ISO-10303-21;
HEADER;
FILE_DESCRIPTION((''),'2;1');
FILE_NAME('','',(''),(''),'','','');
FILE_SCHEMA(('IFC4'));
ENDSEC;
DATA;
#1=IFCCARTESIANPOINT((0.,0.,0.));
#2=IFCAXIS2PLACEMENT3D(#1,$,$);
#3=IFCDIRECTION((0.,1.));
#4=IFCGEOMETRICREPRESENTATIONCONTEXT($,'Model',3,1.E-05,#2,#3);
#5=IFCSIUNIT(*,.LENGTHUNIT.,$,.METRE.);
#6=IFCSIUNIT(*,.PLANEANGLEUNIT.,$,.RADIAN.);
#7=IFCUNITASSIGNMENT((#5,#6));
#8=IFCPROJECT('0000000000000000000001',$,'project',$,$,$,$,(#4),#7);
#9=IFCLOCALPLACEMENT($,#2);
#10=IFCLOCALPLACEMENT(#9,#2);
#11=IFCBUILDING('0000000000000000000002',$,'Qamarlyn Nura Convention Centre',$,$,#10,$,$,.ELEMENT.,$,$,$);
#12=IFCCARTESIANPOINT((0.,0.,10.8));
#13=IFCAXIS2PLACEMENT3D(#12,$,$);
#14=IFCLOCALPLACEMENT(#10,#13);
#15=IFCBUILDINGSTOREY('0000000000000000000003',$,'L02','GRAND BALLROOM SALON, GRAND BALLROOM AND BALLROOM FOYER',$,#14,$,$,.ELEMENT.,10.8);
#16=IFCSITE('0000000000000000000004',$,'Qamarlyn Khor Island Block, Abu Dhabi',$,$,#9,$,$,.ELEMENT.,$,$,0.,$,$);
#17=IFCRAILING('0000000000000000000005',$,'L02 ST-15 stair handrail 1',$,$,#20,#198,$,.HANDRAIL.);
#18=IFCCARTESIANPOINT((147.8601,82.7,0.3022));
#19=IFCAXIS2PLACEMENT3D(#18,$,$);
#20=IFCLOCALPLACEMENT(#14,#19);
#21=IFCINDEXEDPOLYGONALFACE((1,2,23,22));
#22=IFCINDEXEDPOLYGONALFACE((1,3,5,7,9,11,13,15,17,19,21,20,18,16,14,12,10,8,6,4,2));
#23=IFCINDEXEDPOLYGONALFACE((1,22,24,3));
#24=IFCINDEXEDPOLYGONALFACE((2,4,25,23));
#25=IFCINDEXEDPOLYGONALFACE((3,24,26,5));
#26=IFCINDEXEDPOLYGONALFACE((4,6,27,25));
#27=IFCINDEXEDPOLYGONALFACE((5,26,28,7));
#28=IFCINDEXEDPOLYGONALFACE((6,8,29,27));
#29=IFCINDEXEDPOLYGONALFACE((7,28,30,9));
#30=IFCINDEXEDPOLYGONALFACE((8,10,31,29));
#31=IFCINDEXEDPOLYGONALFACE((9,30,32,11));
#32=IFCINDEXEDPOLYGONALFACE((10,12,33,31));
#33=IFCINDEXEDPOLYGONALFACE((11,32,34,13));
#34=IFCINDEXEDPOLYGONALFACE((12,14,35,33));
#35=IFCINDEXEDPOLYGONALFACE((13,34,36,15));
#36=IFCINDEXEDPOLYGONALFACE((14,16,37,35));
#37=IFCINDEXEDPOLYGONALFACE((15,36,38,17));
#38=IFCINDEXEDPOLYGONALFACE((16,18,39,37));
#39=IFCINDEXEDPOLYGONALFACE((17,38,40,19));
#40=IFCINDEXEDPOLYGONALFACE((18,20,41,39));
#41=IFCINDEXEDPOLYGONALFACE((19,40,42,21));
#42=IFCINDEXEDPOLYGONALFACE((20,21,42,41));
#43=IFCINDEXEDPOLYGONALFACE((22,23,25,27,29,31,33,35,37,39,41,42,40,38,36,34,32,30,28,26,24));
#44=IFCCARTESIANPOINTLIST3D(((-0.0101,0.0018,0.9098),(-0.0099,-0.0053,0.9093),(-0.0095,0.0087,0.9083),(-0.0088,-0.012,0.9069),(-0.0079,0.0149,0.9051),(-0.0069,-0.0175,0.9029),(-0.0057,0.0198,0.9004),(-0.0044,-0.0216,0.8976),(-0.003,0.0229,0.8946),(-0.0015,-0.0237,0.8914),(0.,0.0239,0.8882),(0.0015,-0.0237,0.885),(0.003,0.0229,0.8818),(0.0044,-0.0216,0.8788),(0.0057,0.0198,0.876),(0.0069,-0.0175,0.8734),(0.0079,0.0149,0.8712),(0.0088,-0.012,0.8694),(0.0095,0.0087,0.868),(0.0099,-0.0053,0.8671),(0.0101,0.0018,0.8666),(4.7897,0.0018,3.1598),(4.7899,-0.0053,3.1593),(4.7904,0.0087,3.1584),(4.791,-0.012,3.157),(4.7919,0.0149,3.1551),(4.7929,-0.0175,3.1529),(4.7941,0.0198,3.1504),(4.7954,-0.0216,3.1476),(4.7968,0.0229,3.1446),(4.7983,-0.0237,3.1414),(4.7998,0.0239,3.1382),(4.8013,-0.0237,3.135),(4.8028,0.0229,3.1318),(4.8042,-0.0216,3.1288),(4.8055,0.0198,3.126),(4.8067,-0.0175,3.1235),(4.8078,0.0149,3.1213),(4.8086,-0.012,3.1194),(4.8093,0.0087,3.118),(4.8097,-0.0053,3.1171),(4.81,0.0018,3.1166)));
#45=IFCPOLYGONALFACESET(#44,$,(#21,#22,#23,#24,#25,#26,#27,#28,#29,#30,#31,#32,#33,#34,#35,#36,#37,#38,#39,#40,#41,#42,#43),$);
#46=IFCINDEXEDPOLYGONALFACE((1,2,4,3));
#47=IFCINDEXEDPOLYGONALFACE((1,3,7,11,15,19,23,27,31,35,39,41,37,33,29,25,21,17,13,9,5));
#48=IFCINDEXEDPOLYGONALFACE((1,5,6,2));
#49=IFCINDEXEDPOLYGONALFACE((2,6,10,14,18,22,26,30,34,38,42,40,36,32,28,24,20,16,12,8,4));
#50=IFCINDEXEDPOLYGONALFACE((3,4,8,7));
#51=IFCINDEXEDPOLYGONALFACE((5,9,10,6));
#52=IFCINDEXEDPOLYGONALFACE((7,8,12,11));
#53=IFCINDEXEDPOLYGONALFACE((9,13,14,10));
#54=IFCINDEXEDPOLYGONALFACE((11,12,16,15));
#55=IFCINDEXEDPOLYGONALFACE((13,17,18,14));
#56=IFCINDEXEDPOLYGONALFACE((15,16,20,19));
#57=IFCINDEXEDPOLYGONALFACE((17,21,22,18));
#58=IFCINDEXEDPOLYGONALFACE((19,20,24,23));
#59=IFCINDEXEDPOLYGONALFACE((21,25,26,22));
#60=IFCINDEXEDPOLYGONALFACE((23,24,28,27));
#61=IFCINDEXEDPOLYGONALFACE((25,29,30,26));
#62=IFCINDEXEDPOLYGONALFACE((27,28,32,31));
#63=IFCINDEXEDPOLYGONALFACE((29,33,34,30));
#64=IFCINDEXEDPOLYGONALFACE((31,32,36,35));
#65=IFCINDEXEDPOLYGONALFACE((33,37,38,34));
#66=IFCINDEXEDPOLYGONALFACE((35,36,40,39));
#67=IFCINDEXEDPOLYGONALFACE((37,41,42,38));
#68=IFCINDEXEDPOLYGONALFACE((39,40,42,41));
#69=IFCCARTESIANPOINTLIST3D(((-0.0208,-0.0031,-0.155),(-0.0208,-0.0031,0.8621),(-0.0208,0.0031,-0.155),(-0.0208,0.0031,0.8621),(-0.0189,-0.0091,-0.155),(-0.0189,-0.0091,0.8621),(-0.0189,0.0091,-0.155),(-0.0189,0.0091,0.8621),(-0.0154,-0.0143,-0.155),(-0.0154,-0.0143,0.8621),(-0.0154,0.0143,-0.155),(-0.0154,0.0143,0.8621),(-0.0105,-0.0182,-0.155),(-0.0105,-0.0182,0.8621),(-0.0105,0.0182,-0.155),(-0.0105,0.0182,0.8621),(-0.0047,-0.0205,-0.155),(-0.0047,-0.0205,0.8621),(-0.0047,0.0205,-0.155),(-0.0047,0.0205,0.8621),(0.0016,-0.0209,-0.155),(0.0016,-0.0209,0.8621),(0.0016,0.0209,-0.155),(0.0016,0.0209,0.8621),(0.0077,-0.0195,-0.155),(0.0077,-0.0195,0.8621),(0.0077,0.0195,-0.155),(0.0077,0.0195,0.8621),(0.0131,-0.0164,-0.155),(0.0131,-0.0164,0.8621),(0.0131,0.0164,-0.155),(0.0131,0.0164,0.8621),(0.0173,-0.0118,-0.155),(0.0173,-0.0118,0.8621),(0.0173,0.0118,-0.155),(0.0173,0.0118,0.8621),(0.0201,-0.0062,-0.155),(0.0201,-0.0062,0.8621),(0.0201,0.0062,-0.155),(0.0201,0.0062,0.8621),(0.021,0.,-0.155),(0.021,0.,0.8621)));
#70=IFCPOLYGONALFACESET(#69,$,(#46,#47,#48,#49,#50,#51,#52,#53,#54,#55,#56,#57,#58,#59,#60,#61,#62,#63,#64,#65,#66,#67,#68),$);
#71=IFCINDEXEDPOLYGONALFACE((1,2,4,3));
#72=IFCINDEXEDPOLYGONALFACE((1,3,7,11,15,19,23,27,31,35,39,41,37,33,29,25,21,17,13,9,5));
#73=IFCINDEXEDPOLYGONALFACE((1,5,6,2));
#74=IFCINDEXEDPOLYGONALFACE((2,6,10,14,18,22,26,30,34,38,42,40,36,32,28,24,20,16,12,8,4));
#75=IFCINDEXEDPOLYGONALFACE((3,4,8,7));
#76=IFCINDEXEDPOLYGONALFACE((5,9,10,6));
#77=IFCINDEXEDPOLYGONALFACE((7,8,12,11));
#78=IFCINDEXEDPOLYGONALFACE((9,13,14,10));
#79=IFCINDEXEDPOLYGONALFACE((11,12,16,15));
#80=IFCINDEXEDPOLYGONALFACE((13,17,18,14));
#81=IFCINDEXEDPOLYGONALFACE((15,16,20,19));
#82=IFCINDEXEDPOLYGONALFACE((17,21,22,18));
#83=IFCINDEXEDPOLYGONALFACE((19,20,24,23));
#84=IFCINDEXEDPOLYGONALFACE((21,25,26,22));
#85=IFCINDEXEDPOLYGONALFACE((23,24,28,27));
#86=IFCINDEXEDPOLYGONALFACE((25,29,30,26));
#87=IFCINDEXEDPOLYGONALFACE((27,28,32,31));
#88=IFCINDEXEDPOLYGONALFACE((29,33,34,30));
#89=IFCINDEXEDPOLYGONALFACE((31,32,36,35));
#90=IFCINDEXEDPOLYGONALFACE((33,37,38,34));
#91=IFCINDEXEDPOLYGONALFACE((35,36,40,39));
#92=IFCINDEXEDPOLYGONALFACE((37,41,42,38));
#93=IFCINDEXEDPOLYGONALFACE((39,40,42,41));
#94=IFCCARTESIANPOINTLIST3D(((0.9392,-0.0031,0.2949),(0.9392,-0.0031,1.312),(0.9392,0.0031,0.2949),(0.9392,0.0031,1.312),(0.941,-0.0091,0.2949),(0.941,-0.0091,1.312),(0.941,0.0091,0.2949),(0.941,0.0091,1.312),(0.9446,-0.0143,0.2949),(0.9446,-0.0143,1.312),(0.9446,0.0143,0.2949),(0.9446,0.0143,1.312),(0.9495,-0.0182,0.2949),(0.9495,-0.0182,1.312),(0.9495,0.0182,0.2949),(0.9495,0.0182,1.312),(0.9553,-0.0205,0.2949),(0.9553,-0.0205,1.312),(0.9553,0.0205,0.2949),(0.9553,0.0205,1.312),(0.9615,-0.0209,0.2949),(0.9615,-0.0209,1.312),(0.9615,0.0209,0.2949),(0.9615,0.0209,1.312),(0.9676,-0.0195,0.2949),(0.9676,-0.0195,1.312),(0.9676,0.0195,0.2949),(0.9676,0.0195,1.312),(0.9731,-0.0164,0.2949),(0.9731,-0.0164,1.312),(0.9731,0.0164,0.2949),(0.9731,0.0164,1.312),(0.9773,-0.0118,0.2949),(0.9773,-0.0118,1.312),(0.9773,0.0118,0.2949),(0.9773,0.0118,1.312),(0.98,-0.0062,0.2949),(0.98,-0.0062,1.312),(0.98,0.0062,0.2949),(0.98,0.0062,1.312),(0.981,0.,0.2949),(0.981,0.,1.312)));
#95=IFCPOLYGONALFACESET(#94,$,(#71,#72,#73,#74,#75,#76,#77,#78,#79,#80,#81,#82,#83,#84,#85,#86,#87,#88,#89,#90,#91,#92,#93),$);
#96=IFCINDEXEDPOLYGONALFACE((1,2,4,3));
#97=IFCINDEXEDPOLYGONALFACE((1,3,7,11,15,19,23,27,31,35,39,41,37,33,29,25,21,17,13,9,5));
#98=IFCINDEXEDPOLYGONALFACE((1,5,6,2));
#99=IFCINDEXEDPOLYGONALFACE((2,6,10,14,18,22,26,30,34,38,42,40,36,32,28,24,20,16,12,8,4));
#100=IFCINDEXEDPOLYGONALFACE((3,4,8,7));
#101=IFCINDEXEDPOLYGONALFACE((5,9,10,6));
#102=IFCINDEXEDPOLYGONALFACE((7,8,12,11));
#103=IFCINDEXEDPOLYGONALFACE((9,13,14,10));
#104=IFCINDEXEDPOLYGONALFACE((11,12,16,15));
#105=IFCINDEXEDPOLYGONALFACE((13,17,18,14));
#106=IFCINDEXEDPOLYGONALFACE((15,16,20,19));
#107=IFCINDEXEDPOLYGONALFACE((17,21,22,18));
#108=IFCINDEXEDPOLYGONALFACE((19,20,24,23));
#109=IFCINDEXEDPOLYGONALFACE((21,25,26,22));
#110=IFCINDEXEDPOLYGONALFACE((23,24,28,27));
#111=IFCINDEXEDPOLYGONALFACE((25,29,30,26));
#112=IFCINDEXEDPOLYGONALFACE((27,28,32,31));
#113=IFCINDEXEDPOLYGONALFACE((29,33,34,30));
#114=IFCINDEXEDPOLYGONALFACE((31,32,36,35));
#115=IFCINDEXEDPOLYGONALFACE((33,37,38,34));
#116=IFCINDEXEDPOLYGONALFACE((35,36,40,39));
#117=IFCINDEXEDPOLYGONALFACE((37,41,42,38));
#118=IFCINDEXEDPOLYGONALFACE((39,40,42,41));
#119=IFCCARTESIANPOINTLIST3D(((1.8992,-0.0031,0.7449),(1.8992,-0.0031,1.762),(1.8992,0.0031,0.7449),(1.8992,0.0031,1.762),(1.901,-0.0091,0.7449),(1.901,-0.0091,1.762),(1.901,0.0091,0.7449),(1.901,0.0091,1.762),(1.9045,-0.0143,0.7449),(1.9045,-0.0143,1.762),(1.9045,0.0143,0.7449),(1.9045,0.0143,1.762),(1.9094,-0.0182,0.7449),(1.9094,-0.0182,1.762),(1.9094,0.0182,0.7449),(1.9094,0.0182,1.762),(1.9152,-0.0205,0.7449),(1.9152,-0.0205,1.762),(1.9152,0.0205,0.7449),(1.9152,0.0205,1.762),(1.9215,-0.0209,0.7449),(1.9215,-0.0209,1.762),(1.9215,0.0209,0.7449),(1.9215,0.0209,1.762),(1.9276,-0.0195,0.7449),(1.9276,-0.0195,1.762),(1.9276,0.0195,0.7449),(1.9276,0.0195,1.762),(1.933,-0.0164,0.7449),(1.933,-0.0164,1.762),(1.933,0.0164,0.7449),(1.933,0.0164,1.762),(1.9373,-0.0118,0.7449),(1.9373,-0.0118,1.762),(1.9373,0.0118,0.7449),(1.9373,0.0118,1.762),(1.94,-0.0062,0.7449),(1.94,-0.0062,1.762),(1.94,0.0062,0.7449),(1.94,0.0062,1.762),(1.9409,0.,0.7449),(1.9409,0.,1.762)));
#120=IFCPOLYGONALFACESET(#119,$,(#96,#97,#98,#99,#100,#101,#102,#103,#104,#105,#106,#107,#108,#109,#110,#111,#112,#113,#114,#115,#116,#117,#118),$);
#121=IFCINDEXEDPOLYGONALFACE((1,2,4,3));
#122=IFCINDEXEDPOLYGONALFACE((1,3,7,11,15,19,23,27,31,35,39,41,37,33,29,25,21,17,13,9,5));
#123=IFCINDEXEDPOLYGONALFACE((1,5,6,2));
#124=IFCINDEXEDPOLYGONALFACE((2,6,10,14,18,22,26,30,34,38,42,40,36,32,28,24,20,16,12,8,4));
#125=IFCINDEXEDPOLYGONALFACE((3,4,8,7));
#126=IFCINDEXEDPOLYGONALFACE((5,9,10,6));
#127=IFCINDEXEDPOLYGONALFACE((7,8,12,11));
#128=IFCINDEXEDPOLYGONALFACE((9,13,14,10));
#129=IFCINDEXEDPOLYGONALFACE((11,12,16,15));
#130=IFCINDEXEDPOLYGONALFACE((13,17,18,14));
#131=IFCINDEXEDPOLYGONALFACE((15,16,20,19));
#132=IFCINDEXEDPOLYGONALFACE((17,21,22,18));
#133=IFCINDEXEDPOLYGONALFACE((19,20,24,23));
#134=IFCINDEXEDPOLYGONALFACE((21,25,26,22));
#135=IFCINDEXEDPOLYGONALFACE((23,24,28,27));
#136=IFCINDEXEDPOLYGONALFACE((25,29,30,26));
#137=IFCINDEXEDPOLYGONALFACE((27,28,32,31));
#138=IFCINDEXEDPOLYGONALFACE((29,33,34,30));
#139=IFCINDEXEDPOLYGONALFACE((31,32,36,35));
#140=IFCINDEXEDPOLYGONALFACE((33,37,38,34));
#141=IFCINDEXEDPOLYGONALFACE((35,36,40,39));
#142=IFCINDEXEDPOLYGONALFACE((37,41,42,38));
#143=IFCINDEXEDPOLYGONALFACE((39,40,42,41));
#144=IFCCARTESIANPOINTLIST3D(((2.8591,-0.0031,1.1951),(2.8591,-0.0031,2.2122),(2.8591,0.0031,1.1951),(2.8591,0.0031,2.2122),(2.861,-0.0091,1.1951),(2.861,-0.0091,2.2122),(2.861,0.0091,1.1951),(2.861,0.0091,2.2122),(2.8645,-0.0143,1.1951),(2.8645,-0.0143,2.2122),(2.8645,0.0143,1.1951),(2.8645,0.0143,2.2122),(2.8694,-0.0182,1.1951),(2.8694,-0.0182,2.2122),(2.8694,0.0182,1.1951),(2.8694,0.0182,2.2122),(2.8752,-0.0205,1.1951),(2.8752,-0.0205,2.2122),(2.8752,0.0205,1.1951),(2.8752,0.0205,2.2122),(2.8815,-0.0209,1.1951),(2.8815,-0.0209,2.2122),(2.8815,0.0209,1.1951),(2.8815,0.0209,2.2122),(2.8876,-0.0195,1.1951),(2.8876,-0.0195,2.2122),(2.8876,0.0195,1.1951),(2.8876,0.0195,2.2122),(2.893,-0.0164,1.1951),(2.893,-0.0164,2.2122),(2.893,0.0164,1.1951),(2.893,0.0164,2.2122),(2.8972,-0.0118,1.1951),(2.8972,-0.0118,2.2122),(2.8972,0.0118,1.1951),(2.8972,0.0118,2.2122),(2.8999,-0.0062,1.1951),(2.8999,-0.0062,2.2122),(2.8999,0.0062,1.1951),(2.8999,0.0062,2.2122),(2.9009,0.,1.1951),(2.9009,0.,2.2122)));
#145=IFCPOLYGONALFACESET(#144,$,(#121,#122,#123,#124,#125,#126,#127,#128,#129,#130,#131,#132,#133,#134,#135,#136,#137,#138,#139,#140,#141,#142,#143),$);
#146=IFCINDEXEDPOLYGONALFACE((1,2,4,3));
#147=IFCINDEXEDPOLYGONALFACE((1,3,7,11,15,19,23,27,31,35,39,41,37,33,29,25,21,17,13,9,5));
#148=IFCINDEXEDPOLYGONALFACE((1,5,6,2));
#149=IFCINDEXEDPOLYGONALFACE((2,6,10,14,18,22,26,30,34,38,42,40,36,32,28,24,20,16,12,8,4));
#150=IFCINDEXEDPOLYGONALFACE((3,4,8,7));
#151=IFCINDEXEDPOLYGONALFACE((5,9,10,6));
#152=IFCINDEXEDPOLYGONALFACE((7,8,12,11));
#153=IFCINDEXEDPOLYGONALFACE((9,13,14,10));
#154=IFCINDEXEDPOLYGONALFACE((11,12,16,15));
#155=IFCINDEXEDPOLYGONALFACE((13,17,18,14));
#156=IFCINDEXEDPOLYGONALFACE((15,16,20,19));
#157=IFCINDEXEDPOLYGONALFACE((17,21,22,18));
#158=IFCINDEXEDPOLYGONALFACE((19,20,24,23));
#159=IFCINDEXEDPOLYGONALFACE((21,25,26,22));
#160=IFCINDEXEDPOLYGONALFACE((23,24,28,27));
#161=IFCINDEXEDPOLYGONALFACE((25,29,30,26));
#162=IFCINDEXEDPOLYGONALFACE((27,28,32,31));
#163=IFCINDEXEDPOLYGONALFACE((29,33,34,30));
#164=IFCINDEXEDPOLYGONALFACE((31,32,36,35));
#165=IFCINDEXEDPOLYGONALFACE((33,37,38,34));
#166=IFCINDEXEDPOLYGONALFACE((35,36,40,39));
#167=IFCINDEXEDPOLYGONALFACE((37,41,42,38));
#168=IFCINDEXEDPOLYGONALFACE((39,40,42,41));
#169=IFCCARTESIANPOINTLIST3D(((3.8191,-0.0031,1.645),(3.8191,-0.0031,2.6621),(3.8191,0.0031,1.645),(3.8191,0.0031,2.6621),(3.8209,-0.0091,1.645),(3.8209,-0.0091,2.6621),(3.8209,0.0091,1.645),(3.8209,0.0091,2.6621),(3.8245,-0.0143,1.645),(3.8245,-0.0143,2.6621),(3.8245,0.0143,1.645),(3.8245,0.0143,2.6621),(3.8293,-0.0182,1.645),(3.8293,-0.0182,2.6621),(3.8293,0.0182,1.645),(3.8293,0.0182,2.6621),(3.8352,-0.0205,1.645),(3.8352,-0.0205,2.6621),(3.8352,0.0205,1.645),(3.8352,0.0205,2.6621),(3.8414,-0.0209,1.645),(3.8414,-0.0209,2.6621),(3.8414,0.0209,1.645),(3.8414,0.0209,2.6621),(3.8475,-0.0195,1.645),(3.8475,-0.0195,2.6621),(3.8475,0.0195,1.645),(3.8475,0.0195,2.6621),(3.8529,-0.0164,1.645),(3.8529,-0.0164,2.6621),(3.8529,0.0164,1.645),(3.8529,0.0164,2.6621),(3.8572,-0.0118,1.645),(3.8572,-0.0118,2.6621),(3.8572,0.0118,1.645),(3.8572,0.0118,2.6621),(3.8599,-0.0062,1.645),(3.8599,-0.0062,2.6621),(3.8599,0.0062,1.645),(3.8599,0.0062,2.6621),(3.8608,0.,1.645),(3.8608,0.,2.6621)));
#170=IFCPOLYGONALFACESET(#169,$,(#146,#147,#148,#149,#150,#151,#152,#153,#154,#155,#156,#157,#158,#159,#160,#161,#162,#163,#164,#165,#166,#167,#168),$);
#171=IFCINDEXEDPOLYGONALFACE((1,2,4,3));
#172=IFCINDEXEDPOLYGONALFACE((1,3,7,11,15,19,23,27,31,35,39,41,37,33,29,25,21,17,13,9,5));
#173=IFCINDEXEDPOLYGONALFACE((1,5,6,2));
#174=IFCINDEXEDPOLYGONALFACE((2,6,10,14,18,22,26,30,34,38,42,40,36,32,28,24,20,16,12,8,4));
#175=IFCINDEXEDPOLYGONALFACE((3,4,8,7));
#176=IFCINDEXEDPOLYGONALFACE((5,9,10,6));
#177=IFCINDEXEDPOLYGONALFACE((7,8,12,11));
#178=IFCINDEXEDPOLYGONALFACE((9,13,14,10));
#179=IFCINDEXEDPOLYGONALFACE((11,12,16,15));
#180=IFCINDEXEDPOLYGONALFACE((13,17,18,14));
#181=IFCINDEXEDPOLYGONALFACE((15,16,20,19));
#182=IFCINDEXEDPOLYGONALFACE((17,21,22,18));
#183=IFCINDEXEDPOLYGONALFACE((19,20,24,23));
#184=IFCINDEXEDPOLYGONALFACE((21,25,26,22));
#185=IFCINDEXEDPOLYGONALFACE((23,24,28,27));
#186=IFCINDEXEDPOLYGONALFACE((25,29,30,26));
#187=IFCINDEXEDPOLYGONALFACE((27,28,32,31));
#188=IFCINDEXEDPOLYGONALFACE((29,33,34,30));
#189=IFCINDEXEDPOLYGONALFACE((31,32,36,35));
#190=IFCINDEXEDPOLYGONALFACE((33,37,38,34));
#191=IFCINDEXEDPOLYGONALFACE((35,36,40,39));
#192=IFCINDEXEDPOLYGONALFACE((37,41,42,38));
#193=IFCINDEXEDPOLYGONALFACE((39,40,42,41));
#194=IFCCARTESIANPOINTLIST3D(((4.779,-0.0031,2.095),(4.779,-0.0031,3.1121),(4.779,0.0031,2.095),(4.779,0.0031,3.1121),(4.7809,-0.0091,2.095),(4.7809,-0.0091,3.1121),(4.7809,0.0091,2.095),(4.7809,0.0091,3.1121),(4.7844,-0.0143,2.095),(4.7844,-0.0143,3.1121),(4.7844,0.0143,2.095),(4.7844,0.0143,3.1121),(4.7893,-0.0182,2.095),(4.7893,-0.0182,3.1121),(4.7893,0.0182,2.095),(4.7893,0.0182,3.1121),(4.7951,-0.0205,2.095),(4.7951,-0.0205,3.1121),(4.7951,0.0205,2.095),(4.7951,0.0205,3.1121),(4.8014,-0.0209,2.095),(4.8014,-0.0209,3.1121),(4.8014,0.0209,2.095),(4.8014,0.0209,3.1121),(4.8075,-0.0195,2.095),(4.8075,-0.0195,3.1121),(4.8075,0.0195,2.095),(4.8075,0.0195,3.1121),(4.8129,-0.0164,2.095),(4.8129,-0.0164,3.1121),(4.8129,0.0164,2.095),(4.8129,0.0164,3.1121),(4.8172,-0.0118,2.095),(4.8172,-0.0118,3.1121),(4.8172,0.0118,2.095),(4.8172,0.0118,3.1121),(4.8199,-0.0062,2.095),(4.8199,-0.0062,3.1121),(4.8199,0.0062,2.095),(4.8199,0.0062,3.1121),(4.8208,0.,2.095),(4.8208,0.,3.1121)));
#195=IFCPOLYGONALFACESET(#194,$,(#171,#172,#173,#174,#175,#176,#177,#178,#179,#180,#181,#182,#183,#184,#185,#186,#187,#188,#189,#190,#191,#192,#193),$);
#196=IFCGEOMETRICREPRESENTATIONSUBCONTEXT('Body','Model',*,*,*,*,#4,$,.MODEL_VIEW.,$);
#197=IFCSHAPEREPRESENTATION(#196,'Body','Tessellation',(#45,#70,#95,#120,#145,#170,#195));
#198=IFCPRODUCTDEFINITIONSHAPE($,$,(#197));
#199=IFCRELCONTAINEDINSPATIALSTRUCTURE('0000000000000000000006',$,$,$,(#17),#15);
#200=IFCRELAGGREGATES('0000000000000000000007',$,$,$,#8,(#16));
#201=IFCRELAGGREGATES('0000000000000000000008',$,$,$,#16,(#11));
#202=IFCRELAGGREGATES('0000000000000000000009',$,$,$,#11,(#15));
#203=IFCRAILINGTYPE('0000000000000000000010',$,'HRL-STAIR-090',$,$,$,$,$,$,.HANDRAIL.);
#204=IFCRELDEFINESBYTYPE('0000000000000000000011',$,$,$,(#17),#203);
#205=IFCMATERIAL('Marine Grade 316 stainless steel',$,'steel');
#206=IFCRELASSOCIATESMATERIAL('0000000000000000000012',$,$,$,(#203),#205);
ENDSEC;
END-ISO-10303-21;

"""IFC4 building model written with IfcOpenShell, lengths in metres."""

from ifc_helpers import new_model, si_unit, direction, frame, origin, origin_2d, place, context, subcontext, project, spatial, circle, extrude, material, type_object, element, save


model = new_model("IFC4")

# Units and contexts
model_context = context("Model", 3, precision=1e-05, world=origin(), true_north=direction((0.0, 1.0)))
body_context = subcontext(model_context, "Body", "Model", "MODEL_VIEW")
ifc_project = project(units=[si_unit("LENGTHUNIT", "METRE"), si_unit("PLANEANGLEUNIT", "RADIAN")], contexts=[model_context])

# Site, building, storey
site_placement = place(None, origin())
site = spatial("IfcSite", under=ifc_project, at=site_placement, Name="Qamarlyn Khor Island Block, Abu Dhabi", CompositionType="ELEMENT", RefElevation=0.0)
building_placement = place(site_placement, origin())
building = spatial("IfcBuilding", under=site, at=building_placement, Name="Qamarlyn Nura Convention Centre", CompositionType="ELEMENT")
storey_placement = place(building_placement, frame((0.0, 0.0, 10.8)))
storey = spatial("IfcBuildingStorey", under=building, at=storey_placement, Name="L02", Description="GRAND BALLROOM SALON, GRAND BALLROOM AND BALLROOM FOYER", CompositionType="ELEMENT", Elevation=10.8)

# Railing
ifc_material_1 = material(Name="Marine Grade 316 stainless steel", Category="steel")
railing_type = type_object("IfcRailingType", Name="HRL-STAIR-090", PredefinedType="HANDRAIL", material=ifc_material_1)
railing_placement = place(storey_placement, frame((147.8601, 82.7, 0.3022)))
element("IfcRailing", 1, at=railing_placement, inside=storey, type_object=railing_type, Name="L02 ST-15 stair handrail 1", PredefinedType="HANDRAIL", context=body_context, shape_type="SweptSolid", body=[
    extrude(circle(Radius=0.0239, at=origin_2d()), frame((0.0, 0.0, 0.8882), z_axis=(0.905452, 0.0, 0.424448), x_axis=(0.0, 1.0, 0.0)), (0.0, 0.0, 1.0), 5.301),
    extrude(circle(Radius=0.021, at=origin_2d()), frame((0.0, 0.0, -0.155)), (0.0, 0.0, 1.0), 1.0171),
    extrude(circle(Radius=0.021, at=origin_2d()), frame((0.96, 0.0, 0.2949)), (0.0, 0.0, 1.0), 1.0171),
    extrude(circle(Radius=0.021, at=origin_2d()), frame((1.9199, 0.0, 0.7449)), (0.0, 0.0, 1.0), 1.0171),
    extrude(circle(Radius=0.021, at=origin_2d()), frame((2.8799, 0.0, 1.1951)), (0.0, 0.0, 1.0), 1.0171),
    extrude(circle(Radius=0.021, at=origin_2d()), frame((3.8398, 0.0, 1.645)), (0.0, 0.0, 1.0), 1.0171),
    extrude(circle(Radius=0.021, at=origin_2d()), frame((4.7998, 0.0, 2.095)), (0.0, 0.0, 1.0), 1.0171),
])

save(model, "model.ifc")
